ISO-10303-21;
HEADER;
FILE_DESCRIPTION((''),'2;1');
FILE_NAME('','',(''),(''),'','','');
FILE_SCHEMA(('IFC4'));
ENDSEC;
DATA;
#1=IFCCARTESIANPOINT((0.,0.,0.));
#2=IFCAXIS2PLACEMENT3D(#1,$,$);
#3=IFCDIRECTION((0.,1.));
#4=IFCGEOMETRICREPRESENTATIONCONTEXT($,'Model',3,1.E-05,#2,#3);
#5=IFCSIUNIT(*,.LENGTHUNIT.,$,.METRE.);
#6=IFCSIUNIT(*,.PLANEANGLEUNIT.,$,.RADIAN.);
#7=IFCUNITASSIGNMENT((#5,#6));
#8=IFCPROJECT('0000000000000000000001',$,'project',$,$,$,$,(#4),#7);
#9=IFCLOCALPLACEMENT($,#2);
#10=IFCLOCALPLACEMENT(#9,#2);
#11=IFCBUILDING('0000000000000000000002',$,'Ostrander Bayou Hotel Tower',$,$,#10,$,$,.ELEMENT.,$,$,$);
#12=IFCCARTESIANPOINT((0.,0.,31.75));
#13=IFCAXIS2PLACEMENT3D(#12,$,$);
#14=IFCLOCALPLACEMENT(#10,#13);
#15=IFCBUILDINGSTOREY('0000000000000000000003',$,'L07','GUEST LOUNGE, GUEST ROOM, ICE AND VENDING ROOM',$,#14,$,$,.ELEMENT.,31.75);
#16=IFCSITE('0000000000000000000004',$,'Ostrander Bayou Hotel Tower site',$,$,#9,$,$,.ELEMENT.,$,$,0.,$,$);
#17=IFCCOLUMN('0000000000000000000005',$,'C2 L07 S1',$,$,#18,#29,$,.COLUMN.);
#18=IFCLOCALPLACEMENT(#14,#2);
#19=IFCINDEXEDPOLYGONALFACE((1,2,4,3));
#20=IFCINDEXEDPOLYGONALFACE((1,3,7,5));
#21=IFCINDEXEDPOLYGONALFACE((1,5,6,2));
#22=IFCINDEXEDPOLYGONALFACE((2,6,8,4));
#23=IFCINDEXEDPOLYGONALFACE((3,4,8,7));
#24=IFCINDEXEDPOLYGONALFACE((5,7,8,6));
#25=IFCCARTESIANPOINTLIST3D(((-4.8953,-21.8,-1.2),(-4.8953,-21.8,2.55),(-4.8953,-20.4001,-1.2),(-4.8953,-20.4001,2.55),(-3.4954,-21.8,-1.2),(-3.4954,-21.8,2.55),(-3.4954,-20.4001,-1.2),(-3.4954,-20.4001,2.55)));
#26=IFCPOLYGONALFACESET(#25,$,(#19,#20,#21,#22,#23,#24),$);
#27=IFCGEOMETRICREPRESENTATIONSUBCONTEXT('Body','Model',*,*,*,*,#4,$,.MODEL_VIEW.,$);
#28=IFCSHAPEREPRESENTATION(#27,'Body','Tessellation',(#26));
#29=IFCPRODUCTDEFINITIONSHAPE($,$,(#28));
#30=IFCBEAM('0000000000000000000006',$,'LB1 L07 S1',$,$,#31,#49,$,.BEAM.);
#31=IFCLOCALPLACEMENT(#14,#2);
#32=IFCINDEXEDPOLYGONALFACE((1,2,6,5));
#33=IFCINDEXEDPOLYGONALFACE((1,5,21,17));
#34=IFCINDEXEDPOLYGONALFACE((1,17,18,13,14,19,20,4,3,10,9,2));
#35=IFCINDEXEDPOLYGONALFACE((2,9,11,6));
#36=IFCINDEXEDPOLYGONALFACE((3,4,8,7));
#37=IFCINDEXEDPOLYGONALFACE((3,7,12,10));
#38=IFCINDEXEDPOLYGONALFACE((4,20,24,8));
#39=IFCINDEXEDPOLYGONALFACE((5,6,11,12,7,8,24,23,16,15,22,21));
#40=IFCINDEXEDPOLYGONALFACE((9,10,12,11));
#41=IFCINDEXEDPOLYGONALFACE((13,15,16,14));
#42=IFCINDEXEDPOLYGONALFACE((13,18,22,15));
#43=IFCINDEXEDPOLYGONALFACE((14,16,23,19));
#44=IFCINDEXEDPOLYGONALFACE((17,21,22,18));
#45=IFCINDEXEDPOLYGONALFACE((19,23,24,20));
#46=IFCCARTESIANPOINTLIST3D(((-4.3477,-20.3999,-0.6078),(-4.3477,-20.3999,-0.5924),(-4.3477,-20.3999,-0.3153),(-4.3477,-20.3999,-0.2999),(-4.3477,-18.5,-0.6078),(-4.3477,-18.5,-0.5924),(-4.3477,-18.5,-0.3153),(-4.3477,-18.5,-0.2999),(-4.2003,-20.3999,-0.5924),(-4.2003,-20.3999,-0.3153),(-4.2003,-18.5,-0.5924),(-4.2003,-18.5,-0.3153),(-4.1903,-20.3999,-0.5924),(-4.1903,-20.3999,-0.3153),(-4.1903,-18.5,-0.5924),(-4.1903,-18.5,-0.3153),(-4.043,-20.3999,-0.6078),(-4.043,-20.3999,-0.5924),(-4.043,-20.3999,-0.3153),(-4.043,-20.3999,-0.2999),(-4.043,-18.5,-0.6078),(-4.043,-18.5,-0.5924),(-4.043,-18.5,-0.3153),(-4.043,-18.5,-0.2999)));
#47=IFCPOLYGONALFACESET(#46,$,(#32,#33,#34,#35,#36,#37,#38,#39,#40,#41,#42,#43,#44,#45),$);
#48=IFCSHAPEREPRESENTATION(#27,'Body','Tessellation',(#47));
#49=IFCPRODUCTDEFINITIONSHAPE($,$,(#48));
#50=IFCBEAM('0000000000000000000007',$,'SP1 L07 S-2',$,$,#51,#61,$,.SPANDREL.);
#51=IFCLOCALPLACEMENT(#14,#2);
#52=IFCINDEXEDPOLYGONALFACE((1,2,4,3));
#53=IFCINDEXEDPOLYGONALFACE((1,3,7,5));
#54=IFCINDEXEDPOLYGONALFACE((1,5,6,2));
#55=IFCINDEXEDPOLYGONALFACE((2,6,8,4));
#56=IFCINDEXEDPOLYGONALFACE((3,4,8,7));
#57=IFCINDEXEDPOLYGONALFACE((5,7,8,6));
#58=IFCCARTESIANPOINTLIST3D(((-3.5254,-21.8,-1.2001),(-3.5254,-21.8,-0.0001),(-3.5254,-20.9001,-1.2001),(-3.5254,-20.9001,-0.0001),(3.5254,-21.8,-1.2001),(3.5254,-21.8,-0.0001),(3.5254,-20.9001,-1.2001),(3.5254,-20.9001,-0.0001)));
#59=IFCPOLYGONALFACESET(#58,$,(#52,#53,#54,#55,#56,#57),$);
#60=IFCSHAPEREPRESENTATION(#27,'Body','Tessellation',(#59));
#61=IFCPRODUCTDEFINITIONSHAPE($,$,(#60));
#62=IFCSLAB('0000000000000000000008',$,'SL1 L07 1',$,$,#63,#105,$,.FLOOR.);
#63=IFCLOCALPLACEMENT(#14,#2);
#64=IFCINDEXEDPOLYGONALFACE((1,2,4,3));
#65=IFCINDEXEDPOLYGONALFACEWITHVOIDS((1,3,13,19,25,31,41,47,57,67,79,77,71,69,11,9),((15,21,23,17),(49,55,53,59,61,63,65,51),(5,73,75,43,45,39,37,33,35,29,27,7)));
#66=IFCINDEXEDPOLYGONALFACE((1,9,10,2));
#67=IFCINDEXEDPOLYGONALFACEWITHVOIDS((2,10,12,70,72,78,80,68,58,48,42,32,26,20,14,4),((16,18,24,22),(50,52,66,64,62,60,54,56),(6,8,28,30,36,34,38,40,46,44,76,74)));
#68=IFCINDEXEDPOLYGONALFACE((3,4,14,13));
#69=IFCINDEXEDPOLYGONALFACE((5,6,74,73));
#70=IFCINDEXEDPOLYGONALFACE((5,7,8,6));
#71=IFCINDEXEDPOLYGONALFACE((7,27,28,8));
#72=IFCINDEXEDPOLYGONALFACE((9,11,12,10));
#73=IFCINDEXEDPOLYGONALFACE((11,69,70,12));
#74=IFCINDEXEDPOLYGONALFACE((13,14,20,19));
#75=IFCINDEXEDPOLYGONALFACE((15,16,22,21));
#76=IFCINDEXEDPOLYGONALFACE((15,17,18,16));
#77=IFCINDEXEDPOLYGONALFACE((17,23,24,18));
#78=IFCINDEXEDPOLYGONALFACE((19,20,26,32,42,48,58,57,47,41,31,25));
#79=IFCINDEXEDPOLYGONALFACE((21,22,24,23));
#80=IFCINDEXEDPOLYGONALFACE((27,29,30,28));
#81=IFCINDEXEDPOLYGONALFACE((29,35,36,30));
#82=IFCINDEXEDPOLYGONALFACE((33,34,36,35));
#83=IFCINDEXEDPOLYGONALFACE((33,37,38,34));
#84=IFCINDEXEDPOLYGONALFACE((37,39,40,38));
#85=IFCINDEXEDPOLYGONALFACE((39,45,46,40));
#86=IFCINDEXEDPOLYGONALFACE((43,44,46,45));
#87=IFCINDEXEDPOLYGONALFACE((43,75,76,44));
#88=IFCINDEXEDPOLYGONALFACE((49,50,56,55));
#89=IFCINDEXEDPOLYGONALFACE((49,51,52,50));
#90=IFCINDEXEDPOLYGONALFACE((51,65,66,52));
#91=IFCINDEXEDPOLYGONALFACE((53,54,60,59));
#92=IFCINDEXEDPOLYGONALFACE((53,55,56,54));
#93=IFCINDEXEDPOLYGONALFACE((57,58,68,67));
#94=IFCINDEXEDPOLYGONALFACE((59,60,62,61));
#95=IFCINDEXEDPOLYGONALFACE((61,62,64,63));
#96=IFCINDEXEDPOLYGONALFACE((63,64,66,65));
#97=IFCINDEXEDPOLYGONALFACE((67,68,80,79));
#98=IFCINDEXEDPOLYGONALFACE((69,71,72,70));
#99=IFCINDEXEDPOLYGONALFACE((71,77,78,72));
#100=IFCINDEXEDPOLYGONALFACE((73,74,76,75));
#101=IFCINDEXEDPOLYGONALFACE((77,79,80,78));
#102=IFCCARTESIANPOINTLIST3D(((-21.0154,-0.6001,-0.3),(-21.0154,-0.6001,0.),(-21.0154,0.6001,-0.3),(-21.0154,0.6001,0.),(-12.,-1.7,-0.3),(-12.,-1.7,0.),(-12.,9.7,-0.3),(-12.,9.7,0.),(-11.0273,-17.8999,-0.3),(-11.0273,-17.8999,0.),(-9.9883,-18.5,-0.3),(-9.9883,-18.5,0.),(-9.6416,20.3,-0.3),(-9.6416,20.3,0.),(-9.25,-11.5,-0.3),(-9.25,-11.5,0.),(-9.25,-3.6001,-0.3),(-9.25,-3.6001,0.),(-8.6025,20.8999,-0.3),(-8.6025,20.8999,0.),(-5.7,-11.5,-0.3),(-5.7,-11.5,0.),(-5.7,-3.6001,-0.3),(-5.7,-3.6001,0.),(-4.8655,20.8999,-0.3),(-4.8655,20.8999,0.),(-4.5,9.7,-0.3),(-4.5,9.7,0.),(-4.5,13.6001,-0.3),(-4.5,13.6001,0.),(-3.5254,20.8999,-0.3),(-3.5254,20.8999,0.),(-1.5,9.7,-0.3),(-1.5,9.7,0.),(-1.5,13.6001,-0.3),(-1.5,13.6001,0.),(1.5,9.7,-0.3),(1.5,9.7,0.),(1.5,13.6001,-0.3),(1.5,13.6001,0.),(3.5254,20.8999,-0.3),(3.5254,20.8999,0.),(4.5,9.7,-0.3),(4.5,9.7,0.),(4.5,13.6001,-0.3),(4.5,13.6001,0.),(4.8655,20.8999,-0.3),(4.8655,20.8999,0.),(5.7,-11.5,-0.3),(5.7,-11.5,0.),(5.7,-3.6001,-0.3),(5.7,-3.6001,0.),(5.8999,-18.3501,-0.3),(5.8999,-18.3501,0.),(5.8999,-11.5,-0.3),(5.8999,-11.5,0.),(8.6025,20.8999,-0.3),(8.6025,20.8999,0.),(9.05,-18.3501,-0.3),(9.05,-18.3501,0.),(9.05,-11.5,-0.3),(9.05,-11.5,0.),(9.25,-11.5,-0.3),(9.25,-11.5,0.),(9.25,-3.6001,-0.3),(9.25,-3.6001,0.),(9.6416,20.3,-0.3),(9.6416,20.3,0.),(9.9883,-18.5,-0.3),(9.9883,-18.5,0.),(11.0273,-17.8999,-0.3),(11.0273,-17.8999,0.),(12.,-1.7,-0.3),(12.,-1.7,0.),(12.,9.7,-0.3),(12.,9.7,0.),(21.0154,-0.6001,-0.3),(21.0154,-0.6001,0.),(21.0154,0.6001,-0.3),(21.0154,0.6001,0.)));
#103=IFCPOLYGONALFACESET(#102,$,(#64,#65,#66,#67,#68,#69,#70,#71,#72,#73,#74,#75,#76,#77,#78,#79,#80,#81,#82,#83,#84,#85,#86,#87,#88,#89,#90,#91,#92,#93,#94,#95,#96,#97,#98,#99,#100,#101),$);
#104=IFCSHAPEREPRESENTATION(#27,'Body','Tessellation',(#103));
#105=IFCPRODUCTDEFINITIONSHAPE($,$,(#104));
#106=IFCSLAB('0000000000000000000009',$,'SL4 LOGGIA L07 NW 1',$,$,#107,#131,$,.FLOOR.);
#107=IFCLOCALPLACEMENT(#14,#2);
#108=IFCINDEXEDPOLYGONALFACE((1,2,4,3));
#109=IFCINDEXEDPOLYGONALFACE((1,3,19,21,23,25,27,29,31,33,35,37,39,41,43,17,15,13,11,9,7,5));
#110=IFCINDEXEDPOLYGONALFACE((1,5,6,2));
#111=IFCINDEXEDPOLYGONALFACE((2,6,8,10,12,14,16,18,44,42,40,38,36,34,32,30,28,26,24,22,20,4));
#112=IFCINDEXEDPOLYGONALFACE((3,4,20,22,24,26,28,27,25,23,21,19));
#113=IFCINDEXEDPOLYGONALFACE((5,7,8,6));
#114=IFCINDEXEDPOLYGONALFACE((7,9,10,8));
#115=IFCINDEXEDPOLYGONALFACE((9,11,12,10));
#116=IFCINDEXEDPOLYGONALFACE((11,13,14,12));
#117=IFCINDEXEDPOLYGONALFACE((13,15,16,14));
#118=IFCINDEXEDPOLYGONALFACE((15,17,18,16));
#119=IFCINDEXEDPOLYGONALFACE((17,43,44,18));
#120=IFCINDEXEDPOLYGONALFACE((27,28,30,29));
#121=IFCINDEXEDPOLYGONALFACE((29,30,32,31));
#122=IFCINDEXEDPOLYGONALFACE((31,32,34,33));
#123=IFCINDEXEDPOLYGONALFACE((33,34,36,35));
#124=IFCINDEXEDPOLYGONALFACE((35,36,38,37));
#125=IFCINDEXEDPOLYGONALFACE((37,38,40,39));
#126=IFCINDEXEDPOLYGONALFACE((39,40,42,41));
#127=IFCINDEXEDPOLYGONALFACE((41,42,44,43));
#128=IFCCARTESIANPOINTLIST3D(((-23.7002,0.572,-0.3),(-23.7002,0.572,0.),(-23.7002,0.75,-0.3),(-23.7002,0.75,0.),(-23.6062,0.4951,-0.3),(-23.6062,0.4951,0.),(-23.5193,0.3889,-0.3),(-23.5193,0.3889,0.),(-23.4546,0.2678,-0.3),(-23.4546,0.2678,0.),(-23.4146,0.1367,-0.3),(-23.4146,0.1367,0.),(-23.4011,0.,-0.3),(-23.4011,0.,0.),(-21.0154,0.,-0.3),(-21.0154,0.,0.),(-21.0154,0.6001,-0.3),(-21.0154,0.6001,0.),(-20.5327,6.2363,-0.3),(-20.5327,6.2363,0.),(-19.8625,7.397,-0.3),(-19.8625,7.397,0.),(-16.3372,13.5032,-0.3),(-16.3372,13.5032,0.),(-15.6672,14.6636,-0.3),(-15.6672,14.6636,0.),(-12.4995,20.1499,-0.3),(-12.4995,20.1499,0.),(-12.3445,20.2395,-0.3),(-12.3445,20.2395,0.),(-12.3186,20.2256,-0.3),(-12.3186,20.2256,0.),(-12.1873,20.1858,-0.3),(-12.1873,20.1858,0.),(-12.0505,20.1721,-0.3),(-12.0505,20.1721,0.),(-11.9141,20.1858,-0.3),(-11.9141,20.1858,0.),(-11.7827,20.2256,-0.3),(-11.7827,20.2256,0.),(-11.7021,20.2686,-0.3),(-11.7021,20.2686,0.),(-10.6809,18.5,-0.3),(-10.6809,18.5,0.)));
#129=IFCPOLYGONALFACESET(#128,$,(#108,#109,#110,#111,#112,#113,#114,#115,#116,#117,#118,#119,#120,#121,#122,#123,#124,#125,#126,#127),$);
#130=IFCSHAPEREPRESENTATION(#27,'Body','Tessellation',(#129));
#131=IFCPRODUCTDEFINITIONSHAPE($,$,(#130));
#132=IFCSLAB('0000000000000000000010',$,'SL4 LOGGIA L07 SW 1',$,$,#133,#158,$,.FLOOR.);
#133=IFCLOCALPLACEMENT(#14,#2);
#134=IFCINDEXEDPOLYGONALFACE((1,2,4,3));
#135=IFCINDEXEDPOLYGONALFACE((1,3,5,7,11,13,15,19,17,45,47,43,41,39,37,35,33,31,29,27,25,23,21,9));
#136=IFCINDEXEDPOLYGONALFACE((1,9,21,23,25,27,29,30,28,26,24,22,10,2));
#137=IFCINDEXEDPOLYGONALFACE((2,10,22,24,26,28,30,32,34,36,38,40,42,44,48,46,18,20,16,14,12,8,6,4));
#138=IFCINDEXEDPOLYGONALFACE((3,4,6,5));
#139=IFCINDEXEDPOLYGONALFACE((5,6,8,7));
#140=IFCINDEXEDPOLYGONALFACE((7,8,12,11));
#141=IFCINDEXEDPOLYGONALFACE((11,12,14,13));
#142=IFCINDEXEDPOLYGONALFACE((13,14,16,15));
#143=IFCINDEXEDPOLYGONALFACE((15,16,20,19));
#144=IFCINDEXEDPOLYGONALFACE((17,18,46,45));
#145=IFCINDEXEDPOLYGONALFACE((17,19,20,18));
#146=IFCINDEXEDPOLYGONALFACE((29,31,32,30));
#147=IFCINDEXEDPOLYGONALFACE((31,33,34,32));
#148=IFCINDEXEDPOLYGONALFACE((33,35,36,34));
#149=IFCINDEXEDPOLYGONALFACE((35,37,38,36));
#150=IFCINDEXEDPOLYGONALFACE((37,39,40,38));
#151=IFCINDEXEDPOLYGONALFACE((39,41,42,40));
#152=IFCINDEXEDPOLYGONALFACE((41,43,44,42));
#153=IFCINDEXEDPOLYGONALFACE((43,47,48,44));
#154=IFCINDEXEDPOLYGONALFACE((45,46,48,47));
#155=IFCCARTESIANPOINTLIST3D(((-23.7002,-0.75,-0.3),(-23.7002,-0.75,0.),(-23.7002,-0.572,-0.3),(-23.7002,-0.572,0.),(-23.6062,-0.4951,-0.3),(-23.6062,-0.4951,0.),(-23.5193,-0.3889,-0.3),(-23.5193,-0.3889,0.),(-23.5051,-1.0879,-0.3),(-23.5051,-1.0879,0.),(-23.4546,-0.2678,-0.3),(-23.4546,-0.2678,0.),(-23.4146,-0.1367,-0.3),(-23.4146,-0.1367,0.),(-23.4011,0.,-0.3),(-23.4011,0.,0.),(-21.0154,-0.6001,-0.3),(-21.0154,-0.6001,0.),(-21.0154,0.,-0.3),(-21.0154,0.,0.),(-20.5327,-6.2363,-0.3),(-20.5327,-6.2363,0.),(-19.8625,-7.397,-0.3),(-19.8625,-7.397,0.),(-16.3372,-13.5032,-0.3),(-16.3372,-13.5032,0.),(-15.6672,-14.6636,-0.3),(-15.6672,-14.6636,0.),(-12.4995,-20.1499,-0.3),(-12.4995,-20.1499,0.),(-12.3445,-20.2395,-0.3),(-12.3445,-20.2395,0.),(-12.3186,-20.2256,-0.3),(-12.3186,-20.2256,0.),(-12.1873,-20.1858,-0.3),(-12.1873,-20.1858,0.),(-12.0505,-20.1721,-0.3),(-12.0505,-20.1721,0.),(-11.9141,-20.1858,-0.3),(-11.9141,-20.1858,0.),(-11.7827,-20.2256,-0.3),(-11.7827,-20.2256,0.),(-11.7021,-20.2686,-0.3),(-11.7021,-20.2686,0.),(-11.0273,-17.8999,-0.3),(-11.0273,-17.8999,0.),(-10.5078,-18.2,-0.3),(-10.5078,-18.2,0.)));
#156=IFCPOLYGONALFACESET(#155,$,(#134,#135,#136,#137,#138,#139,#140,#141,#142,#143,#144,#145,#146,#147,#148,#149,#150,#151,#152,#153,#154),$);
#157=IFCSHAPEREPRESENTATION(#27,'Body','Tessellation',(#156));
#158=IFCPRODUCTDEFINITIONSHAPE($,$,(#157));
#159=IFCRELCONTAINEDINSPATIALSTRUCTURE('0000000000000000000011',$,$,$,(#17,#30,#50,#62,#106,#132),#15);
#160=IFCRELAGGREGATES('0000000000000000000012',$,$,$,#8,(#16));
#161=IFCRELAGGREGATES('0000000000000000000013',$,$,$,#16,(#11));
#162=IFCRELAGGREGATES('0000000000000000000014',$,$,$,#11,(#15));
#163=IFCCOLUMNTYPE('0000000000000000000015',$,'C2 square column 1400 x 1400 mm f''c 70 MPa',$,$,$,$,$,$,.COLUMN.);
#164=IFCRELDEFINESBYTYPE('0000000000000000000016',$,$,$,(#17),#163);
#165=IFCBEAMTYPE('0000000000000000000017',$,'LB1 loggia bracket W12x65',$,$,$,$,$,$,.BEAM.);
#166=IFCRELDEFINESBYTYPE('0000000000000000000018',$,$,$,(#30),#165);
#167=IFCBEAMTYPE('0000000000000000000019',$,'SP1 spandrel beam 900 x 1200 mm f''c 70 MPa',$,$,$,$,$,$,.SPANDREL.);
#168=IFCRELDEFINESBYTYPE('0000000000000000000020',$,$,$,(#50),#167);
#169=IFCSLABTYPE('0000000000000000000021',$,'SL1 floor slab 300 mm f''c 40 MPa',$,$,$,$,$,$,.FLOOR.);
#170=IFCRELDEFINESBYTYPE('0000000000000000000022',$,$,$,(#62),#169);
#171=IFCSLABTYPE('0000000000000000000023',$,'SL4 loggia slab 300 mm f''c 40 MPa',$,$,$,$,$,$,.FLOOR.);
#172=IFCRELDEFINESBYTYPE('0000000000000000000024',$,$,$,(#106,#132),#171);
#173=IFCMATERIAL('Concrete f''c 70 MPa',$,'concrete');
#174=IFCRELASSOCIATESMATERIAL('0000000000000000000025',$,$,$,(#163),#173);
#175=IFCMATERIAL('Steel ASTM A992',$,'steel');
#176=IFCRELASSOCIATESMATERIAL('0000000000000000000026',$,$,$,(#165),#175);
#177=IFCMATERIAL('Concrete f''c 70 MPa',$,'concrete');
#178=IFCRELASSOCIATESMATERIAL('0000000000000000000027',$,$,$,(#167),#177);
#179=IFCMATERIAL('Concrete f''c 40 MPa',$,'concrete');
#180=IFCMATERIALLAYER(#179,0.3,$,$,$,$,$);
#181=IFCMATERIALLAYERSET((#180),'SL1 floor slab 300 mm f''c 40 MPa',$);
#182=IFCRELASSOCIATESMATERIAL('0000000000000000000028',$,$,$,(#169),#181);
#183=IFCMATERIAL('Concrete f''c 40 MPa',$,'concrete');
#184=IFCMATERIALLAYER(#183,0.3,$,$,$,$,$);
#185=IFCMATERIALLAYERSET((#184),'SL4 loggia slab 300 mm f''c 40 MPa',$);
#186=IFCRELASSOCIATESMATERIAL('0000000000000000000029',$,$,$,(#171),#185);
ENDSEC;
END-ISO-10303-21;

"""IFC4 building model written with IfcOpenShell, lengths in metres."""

from ifc_helpers import new_model, si_unit, direction, frame, origin, origin_2d, place, context, subcontext, project, spatial, polyline, rectangle, i_section, outline, extrude, material, layer, layer_set, material_profile, profile_set, type_object, element, save


model = new_model("IFC4")

# Units and contexts
model_context = context("Model", 3, precision=1e-05, world=origin(), true_north=direction((0.0, 1.0)))
body_context = subcontext(model_context, "Body", "Model", "MODEL_VIEW")
ifc_project = project(units=[si_unit("LENGTHUNIT", "METRE"), si_unit("PLANEANGLEUNIT", "RADIAN")], contexts=[model_context])

# Site, building, storey
site_placement = place(None, origin())
site = spatial("IfcSite", under=ifc_project, at=site_placement, Name="Ostrander Bayou Hotel Tower site", CompositionType="ELEMENT", RefElevation=0.0)
building_placement = place(site_placement, origin())
building = spatial("IfcBuilding", under=site, at=building_placement, Name="Ostrander Bayou Hotel Tower", CompositionType="ELEMENT")
storey_placement = place(building_placement, frame((0.0, 0.0, 31.75)))
storey = spatial("IfcBuildingStorey", under=building, at=storey_placement, Name="L07", Description="GUEST LOUNGE, GUEST ROOM, ICE AND VENDING ROOM", CompositionType="ELEMENT", Elevation=31.75)

# Column
ifc_material_1 = material(Name="Concrete f'c 70 MPa", Category="concrete")
ifc_material_profile_1 = material_profile(ifc_material_1, rectangle(XDim=1.3999, YDim=1.3999, at=origin_2d()))
ifc_profile_set_1 = profile_set([ifc_material_profile_1], Name="Concrete f'c 70 MPa")
column_type = type_object("IfcColumnType", Name="C2 square column 1400 x 1400 mm f'c 70 MPa", PredefinedType="COLUMN", material=ifc_profile_set_1)
column_placement = place(storey_placement, frame((-4.1953, -21.1001, -1.2), z_axis=(0.0, 0.0, 1.0), x_axis=(-1.0, 0.0, 0.0)))
element("IfcColumn", 1, at=column_placement, inside=storey, type_object=column_type, Name="C2 L07 S1", PredefinedType="COLUMN", context=body_context, shape_type="SweptSolid", body=[
    extrude(rectangle(XDim=1.3999, YDim=1.3999, at=origin_2d()), origin(), (0.0, 0.0, 1.0), 3.75),
])

# Beams
ifc_material_2 = material(Name="Steel ASTM A992", Category="steel")
ifc_material_profile_2 = material_profile(ifc_material_2, i_section(OverallWidth=0.3047, OverallDepth=0.3079, WebThickness=0.01, FlangeThickness=0.0154, at=origin_2d()))
ifc_profile_set_2 = profile_set([ifc_material_profile_2], Name="Steel ASTM A992")
beam_type_1 = type_object("IfcBeamType", Name="LB1 loggia bracket W12x65", PredefinedType="BEAM", material=ifc_profile_set_2)
beam_1_placement = place(storey_placement, frame((-4.1953, -20.3999, -0.4539), z_axis=(0.0, 1.0, 0.0), x_axis=(-1.0, 0.0, 0.0)))
element("IfcBeam", 2, at=beam_1_placement, inside=storey, type_object=beam_type_1, Name="LB1 L07 S1", PredefinedType="BEAM", context=body_context, shape_type="SweptSolid", body=[
    extrude(i_section(OverallWidth=0.3047, OverallDepth=0.3079, WebThickness=0.01, FlangeThickness=0.0154, at=origin_2d()), origin(), (0.0, 0.0, 1.0), 1.8999),
])
ifc_material_3 = material(Name="Concrete f'c 70 MPa", Category="concrete")
ifc_material_profile_3 = material_profile(ifc_material_3, rectangle(XDim=0.8999, YDim=1.2, at=origin_2d()))
ifc_profile_set_3 = profile_set([ifc_material_profile_3], Name="Concrete f'c 70 MPa")
beam_type_2 = type_object("IfcBeamType", Name="SP1 spandrel beam 900 x 1200 mm f'c 70 MPa", PredefinedType="SPANDREL", material=ifc_profile_set_3)
beam_2_placement = place(storey_placement, frame((-3.5254, -21.3501, -0.6001), z_axis=(1.0, 0.0, 0.0), x_axis=(0.0, 1.0, 0.0)))
element("IfcBeam", 3, at=beam_2_placement, inside=storey, type_object=beam_type_2, Name="SP1 L07 S-2", PredefinedType="SPANDREL", context=body_context, shape_type="SweptSolid", body=[
    extrude(rectangle(XDim=0.8999, YDim=1.2, at=origin_2d()), origin(), (0.0, 0.0, 1.0), 7.0508),
])

# Slabs
ifc_material_4 = material(Name="Concrete f'c 40 MPa", Category="concrete")
ifc_layer_1 = layer(ifc_material_4, 0.3)
ifc_layer_set_1 = layer_set([ifc_layer_1], Name="SL1 floor slab 300 mm f'c 40 MPa")
slab_type_1 = type_object("IfcSlabType", Name="SL1 floor slab 300 mm f'c 40 MPa", PredefinedType="FLOOR", material=ifc_layer_set_1)
slab_1_placement = place(storey_placement, frame((0.0, 0.0, -0.3)))
element("IfcSlab", 4, at=slab_1_placement, inside=storey, type_object=slab_type_1, Name="SL1 L07 1", PredefinedType="FLOOR", context=body_context, shape_type="SweptSolid", body=[
    extrude(outline(polyline([(-3.5254, 20.8999), (3.5254, 20.8999), (4.8655, 20.8999), (8.6025, 20.8999), (9.6416, 20.3), (21.0154, 0.6001), (21.0154, -0.6001), (11.0273, -17.8999), (9.9883, -18.5), (-9.9883, -18.5), (-11.0273, -17.8999), (-21.0154, -0.6001), (-21.0154, 0.6001), (-9.6416, 20.3), (-8.6025, 20.8999), (-4.8655, 20.8999), (-3.5254, 20.8999)]), holes=[polyline([(-12.0, -1.7), (12.0, -1.7), (12.0, 9.7), (4.5, 9.7), (4.5, 13.6001), (1.5, 13.6001), (1.5, 9.7), (-1.5, 9.7), (-1.5, 13.6001), (-4.5, 13.6001), (-4.5, 9.7), (-12.0, 9.7), (-12.0, -1.7)]), polyline([(9.05, -11.5), (9.25, -11.5), (9.25, -3.6001), (5.7, -3.6001), (5.7, -11.5), (5.8999, -11.5), (5.8999, -18.3501), (9.05, -18.3501), (9.05, -11.5)]), polyline([(-5.7, -3.6001), (-9.25, -3.6001), (-9.25, -11.5), (-5.7, -11.5), (-5.7, -3.6001)])]), origin(), (0.0, 0.0, 1.0), 0.3),
])
ifc_material_5 = material(Name="Concrete f'c 40 MPa", Category="concrete")
ifc_layer_2 = layer(ifc_material_5, 0.3)
ifc_layer_set_2 = layer_set([ifc_layer_2], Name="SL4 loggia slab 300 mm f'c 40 MPa")
slab_type_2 = type_object("IfcSlabType", Name="SL4 loggia slab 300 mm f'c 40 MPa", PredefinedType="FLOOR", material=ifc_layer_set_2)
slab_2_placement = place(storey_placement, frame((0.0, 0.0, -0.3)))
element("IfcSlab", 5, at=slab_2_placement, inside=storey, type_object=slab_type_2, Name="SL4 LOGGIA L07 NW 1", PredefinedType="FLOOR", context=body_context, shape_type="SweptSolid", body=[
    extrude(outline(polyline([(-23.4011, 0.0), (-23.4146, 0.1367), (-23.4546, 0.2678), (-23.5193, 0.3889), (-23.6062, 0.4951), (-23.7002, 0.572), (-23.7002, 0.75), (-20.5327, 6.2363), (-19.8625, 7.397), (-16.3372, 13.5032), (-15.6672, 14.6636), (-12.4995, 20.1499), (-12.3445, 20.2395), (-12.3186, 20.2256), (-12.1873, 20.1858), (-12.0505, 20.1721), (-11.9141, 20.1858), (-11.7827, 20.2256), (-11.7021, 20.2686), (-10.6809, 18.5), (-21.0154, 0.6001), (-21.0154, 0.0), (-23.4011, 0.0)])), origin(), (0.0, 0.0, 1.0), 0.3),
])
slab_3_placement = place(storey_placement, frame((0.0, 0.0, -0.3)))
element("IfcSlab", 6, at=slab_3_placement, inside=storey, type_object=slab_type_2, Name="SL4 LOGGIA L07 SW 1", PredefinedType="FLOOR", context=body_context, shape_type="SweptSolid", body=[
    extrude(outline(polyline([(-10.5078, -18.2), (-11.7021, -20.2686), (-11.7827, -20.2256), (-11.9141, -20.1858), (-12.0505, -20.1721), (-12.1873, -20.1858), (-12.3186, -20.2256), (-12.3445, -20.2395), (-12.4995, -20.1499), (-15.6672, -14.6636), (-16.3372, -13.5032), (-19.8625, -7.397), (-20.5327, -6.2363), (-23.5051, -1.0879), (-23.7002, -0.75), (-23.7002, -0.572), (-23.6062, -0.4951), (-23.5193, -0.3889), (-23.4546, -0.2678), (-23.4146, -0.1367), (-23.4011, 0.0), (-21.0154, 0.0), (-21.0154, -0.6001), (-11.0273, -17.8999), (-10.5078, -18.2)])), origin(), (0.0, 0.0, 1.0), 0.3),
])

save(model, "model.ifc")
